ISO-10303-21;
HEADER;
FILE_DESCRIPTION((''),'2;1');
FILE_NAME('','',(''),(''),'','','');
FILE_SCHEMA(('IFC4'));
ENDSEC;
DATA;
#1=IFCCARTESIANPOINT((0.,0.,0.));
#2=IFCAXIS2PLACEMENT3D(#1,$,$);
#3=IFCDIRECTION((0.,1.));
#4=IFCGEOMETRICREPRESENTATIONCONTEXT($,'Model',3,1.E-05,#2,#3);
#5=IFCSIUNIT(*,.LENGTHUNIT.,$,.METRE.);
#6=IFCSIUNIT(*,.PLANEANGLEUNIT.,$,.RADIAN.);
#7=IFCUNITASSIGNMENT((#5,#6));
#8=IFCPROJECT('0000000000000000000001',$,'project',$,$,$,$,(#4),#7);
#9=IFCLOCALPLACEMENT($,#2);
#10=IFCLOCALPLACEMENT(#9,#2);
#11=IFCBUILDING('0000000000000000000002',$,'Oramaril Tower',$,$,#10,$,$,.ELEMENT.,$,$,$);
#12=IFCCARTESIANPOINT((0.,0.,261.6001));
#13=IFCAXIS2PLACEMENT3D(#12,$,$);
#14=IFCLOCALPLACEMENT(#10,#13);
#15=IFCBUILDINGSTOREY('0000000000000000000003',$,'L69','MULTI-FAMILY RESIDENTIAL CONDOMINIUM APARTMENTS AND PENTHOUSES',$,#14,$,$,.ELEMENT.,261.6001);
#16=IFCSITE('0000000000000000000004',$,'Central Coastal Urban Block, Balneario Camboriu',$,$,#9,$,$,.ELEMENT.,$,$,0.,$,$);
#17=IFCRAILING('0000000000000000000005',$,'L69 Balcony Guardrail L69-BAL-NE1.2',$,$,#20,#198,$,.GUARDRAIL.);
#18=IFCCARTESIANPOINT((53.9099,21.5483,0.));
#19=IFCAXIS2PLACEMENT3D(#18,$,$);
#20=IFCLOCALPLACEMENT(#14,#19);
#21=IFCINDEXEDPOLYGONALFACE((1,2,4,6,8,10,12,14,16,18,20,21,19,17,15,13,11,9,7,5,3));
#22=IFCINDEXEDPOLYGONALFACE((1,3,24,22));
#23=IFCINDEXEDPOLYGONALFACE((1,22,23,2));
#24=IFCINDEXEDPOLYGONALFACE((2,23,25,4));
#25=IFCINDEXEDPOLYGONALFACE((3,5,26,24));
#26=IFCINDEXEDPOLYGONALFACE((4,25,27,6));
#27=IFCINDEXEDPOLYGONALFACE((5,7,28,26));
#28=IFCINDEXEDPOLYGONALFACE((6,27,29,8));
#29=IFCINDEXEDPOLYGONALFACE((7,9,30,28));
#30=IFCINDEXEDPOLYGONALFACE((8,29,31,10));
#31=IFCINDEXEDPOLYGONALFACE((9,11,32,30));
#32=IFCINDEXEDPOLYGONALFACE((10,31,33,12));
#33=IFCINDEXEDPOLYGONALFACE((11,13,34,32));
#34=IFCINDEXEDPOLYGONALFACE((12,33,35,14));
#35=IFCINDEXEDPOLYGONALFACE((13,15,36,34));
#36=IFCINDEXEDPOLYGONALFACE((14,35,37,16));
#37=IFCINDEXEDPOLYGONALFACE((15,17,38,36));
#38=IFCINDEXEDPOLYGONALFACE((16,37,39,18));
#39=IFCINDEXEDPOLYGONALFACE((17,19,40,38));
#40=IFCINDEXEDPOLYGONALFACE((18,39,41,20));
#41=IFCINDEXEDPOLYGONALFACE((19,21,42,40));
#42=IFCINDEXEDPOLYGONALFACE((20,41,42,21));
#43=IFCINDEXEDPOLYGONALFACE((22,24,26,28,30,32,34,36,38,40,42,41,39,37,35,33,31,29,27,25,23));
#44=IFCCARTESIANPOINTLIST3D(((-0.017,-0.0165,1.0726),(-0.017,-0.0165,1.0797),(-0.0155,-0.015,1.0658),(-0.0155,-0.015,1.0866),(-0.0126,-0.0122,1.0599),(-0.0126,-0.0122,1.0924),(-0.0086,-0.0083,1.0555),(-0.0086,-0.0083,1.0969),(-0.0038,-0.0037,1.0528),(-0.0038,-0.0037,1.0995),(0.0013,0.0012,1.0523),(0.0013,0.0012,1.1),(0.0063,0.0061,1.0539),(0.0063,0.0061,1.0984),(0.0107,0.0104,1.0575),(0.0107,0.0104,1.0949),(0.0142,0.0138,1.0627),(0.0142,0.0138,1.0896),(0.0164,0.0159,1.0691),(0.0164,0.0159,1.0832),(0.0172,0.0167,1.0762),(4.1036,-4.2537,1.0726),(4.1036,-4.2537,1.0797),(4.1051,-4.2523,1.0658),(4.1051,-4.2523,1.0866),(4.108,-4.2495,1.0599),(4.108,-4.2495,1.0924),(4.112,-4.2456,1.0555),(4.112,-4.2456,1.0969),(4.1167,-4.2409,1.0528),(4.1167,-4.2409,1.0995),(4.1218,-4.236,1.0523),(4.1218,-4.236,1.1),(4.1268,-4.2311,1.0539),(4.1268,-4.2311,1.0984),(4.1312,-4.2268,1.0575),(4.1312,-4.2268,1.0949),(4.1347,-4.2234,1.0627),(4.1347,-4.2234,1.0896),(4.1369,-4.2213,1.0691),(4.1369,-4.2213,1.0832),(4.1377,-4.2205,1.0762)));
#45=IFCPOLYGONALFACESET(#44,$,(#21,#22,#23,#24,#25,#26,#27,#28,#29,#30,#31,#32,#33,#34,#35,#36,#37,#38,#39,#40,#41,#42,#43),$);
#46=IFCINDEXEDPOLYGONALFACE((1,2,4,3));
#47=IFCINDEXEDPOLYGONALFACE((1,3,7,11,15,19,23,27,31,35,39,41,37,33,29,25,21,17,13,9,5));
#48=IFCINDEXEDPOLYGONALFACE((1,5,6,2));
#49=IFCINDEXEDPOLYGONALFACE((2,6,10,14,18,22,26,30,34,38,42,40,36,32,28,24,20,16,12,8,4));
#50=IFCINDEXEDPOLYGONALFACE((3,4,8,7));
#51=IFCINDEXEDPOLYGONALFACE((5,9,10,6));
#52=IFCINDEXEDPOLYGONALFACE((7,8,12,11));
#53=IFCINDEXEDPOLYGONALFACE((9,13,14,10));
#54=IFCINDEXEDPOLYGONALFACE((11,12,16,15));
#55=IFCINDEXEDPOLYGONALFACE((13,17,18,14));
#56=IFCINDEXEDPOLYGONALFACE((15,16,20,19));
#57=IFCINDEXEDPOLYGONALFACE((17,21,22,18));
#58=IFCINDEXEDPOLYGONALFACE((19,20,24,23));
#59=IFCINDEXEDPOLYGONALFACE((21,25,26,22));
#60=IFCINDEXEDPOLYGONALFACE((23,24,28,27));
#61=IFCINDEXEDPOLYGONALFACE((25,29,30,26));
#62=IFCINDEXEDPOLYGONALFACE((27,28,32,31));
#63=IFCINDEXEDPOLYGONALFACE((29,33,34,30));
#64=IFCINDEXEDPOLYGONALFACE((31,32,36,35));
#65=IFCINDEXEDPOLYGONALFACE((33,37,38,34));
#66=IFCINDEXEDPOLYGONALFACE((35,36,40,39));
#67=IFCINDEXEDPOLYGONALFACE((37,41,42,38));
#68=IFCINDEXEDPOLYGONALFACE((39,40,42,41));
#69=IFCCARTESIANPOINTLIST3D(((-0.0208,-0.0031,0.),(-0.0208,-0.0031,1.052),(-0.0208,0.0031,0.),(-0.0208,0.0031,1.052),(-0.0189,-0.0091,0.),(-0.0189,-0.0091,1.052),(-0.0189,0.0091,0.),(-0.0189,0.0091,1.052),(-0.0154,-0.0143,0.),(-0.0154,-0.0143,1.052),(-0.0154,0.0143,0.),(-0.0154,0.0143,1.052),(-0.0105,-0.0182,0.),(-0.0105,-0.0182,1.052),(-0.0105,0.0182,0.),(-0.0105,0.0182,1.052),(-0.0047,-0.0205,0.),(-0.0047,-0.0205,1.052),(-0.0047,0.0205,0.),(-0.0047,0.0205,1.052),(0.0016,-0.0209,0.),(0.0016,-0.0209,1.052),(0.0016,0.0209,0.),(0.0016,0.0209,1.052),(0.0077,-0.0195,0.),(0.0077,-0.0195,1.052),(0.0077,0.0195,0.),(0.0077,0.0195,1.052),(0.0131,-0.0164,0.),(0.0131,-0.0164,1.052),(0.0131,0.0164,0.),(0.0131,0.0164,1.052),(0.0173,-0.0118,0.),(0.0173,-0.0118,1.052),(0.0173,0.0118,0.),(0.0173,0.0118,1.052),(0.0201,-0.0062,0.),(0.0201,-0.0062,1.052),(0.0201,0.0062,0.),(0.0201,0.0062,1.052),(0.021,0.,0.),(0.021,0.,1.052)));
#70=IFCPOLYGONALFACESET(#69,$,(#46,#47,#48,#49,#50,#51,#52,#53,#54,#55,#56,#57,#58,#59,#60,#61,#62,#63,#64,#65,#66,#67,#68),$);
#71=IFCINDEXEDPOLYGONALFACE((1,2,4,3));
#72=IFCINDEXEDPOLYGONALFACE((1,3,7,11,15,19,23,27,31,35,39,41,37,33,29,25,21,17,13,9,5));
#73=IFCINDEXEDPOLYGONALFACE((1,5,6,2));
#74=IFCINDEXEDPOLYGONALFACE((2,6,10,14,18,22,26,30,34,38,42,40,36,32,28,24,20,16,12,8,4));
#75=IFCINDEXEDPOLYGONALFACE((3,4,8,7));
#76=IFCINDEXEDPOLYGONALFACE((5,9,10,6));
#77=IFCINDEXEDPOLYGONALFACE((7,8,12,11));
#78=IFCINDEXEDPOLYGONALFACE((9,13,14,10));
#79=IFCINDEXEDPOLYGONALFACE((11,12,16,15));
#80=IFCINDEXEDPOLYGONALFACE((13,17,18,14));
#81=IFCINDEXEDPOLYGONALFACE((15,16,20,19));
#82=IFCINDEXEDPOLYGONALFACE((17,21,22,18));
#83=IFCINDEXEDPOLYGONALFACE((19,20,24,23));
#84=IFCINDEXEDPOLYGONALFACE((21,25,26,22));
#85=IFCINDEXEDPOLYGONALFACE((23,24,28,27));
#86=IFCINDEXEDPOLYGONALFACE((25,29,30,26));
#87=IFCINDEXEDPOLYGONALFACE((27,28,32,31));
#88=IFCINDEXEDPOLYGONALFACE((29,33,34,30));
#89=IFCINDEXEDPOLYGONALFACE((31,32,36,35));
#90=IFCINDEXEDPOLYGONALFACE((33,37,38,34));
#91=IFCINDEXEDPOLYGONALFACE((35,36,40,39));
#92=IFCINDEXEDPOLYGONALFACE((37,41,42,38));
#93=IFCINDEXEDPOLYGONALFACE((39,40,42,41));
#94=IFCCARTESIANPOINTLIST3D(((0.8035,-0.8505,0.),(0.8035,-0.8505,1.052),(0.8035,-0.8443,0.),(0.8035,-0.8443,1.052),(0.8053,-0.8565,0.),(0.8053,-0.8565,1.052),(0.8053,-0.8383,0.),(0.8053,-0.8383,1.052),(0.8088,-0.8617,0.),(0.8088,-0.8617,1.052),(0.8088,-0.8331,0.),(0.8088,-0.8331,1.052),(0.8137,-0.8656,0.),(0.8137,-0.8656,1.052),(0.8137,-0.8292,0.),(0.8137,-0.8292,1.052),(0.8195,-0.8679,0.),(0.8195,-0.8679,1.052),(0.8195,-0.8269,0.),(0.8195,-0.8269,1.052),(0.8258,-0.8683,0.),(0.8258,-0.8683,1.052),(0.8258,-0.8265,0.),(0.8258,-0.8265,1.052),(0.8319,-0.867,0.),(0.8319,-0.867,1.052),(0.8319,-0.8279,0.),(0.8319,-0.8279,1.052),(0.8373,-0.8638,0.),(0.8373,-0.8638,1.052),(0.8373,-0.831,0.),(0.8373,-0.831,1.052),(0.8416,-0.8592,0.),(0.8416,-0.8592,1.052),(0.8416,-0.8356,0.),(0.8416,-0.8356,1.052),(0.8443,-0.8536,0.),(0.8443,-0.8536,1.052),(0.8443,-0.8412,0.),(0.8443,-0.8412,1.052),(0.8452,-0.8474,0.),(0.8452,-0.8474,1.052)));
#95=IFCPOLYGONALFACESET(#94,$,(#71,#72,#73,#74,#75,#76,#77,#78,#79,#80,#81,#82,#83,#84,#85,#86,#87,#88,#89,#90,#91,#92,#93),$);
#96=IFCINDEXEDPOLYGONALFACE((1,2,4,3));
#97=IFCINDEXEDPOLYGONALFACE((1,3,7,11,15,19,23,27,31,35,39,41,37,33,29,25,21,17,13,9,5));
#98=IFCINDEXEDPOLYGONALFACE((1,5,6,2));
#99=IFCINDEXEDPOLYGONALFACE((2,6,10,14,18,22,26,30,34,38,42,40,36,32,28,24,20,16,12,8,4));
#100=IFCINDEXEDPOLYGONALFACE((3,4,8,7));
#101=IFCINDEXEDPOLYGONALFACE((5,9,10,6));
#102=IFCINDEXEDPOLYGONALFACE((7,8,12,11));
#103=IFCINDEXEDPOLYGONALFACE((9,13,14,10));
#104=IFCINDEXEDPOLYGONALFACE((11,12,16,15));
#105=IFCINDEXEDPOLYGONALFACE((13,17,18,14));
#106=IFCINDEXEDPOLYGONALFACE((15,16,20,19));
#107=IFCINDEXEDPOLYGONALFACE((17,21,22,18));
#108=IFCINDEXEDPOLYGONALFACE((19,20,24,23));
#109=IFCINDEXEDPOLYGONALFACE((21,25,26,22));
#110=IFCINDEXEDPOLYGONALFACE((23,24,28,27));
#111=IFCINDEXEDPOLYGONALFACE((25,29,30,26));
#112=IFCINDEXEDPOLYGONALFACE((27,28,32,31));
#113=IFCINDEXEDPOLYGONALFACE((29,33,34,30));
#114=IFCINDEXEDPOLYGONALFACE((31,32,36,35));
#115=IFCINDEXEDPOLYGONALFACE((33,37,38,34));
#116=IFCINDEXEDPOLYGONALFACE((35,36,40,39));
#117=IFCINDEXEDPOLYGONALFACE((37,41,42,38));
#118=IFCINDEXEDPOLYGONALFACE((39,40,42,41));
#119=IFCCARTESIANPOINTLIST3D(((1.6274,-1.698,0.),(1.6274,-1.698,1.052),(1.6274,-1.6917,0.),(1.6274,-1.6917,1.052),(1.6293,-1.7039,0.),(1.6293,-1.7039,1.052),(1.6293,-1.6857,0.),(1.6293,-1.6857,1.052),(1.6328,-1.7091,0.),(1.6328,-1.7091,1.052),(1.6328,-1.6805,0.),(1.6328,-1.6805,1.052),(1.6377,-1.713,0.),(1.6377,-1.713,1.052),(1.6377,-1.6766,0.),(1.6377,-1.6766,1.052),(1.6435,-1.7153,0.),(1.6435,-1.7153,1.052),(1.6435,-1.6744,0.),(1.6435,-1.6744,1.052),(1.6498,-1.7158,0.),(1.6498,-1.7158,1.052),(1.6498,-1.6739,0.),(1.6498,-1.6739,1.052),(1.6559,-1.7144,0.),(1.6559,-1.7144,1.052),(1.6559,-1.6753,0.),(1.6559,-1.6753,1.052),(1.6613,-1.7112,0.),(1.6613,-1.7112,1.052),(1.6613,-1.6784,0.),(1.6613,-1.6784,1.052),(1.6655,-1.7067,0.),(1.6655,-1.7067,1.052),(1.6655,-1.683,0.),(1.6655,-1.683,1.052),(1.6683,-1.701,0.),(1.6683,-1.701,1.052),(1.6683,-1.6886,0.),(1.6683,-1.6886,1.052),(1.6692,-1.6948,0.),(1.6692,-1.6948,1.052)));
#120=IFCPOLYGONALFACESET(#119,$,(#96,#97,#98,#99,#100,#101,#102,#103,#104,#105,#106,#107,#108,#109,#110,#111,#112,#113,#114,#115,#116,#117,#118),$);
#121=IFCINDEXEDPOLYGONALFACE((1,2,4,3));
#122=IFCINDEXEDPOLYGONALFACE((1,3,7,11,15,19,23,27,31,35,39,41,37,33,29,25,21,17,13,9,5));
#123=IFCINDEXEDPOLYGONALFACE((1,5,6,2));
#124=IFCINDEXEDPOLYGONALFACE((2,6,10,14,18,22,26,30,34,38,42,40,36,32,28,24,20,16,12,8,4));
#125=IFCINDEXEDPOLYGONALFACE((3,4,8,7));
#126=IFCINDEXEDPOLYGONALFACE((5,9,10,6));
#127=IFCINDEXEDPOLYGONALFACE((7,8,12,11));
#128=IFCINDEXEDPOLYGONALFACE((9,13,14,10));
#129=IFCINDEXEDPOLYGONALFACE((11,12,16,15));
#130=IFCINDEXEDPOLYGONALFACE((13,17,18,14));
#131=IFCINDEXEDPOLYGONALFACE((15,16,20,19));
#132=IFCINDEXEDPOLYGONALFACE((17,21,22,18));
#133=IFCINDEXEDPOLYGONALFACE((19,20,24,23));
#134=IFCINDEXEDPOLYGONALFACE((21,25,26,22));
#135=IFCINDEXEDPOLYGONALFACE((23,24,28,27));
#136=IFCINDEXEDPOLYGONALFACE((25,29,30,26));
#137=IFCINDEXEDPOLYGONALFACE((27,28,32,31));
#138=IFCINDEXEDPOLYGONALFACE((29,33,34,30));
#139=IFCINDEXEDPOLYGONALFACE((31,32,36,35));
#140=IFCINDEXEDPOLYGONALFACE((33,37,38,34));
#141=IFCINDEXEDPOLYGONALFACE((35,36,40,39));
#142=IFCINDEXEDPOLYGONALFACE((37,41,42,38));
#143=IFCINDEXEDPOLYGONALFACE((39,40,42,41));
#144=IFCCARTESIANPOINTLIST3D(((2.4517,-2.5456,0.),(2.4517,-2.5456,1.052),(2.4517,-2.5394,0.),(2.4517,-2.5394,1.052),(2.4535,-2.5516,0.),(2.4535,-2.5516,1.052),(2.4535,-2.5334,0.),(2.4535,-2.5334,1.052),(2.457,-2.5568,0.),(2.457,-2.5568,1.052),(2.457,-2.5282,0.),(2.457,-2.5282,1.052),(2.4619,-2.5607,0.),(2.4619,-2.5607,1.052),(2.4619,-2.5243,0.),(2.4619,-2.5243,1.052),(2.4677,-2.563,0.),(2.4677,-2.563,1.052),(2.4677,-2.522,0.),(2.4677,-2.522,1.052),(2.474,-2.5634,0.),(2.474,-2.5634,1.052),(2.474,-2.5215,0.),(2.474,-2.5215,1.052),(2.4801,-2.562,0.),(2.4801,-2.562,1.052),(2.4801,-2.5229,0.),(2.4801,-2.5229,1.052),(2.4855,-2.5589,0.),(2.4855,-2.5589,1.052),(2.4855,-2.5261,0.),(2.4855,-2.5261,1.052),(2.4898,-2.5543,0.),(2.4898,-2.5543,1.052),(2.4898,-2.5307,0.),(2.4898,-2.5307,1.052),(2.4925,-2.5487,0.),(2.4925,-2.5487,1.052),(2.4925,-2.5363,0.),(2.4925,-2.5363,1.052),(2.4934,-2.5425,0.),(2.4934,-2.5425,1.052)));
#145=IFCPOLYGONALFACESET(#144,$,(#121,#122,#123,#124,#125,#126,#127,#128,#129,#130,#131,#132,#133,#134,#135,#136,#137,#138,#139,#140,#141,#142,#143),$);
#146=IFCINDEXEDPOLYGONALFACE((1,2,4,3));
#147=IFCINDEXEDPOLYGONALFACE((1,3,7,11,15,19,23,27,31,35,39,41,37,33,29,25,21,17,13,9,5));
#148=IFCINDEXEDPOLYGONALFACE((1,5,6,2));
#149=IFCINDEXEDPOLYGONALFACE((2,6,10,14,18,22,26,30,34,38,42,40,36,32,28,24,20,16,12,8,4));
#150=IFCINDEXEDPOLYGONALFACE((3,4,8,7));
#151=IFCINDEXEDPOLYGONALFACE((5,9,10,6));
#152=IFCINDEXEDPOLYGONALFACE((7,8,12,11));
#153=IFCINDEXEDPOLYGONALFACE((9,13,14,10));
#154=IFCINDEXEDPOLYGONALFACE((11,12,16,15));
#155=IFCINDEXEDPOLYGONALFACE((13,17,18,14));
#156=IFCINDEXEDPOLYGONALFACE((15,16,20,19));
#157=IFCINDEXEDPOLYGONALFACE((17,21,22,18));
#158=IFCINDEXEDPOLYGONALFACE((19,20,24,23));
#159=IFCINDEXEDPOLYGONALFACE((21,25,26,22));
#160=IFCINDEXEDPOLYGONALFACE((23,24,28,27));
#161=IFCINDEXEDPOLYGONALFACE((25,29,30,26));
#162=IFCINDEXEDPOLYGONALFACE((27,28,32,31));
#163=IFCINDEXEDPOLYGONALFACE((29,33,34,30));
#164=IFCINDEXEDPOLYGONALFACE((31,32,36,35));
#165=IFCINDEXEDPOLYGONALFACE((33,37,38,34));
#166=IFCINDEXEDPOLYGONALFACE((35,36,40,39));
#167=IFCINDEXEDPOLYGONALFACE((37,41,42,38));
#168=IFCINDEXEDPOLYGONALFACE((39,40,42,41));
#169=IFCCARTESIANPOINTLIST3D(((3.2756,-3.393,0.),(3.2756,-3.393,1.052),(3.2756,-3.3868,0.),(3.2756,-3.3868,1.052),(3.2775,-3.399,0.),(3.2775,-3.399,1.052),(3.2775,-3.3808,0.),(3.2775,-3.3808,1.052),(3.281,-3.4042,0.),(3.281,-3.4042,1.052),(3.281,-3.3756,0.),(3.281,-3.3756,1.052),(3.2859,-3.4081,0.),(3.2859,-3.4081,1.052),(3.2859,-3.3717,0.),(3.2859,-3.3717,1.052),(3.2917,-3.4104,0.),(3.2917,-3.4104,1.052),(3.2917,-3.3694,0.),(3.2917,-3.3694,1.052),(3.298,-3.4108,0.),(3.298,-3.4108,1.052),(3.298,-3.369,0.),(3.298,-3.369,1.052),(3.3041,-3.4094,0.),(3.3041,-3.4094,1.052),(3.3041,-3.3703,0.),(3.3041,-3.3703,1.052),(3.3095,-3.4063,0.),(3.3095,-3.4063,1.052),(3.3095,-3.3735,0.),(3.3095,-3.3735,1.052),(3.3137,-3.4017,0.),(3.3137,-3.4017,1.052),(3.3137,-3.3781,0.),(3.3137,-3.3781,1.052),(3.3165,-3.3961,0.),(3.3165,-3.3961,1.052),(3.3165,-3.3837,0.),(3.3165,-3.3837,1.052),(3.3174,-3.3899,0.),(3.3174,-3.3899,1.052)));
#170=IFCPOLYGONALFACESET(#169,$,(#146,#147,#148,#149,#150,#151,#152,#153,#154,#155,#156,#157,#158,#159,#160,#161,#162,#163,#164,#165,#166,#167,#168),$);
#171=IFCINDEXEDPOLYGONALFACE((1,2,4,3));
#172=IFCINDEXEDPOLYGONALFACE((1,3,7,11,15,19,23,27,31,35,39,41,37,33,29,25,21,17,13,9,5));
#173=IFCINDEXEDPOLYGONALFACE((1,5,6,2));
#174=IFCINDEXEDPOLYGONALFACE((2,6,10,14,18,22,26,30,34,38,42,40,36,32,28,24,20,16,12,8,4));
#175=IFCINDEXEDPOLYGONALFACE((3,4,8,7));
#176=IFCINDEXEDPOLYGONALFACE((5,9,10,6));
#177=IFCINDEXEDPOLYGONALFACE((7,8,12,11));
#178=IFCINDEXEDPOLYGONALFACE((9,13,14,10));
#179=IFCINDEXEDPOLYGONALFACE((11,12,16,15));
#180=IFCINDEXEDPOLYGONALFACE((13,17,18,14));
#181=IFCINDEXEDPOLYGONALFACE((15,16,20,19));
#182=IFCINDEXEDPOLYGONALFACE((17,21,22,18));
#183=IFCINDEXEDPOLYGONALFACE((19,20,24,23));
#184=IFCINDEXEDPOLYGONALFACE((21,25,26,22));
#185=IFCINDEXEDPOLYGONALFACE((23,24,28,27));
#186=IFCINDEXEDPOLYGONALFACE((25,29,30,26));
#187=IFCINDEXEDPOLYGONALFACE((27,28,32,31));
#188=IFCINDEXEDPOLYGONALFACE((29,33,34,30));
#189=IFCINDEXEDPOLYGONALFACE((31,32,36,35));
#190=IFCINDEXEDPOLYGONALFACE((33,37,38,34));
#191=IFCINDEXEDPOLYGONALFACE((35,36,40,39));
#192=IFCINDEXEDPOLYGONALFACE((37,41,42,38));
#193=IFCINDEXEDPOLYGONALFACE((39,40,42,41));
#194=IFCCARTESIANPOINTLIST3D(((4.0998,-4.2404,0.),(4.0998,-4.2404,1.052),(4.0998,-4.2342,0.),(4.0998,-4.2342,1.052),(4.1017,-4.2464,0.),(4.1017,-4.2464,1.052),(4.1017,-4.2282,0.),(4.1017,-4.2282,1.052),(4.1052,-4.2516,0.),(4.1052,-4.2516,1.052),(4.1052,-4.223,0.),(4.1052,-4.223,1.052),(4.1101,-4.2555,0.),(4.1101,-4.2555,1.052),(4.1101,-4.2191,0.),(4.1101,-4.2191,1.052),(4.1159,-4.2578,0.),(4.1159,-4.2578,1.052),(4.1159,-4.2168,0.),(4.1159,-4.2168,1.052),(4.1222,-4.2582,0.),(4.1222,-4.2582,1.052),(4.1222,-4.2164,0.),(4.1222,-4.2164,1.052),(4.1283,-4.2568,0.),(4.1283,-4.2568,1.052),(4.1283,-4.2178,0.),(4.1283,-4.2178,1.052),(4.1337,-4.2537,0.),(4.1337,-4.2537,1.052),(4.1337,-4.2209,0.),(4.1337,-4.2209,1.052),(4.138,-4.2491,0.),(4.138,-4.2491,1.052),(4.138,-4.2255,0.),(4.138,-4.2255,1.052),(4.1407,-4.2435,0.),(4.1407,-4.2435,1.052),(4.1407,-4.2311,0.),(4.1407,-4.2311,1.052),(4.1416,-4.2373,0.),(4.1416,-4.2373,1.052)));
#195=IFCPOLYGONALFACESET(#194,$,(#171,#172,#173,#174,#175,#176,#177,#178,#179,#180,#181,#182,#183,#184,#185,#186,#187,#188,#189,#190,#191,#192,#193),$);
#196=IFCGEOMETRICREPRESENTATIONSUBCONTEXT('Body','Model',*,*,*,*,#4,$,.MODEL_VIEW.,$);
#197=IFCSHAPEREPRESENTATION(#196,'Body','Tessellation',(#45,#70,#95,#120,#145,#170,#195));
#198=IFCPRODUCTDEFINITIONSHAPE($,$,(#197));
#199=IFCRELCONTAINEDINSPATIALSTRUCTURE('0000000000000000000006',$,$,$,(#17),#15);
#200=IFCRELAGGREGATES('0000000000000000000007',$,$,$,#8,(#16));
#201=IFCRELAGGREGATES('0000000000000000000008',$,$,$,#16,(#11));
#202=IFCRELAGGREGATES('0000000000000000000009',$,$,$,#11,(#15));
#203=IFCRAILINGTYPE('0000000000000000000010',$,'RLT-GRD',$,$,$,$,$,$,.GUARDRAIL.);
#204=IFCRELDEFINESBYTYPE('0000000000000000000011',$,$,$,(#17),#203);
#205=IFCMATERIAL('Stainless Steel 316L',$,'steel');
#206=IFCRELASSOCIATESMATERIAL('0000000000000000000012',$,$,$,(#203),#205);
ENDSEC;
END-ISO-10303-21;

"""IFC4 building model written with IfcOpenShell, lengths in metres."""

from ifc_helpers import new_model, si_unit, direction, frame, origin, origin_2d, place, context, subcontext, project, spatial, circle, extrude, material, type_object, element, save


model = new_model("IFC4")

# Units and contexts
model_context = context("Model", 3, precision=1e-05, world=origin(), true_north=direction((0.0, 1.0)))
body_context = subcontext(model_context, "Body", "Model", "MODEL_VIEW")
ifc_project = project(units=[si_unit("LENGTHUNIT", "METRE"), si_unit("PLANEANGLEUNIT", "RADIAN")], contexts=[model_context])

# Site, building, storey
site_placement = place(None, origin())
site = spatial("IfcSite", under=ifc_project, at=site_placement, Name="Central Coastal Urban Block, Balneario Camboriu", CompositionType="ELEMENT", RefElevation=0.0)
building_placement = place(site_placement, origin())
building = spatial("IfcBuilding", under=site, at=building_placement, Name="Oramaril Tower", CompositionType="ELEMENT")
storey_placement = place(building_placement, frame((0.0, 0.0, 261.6001)))
storey = spatial("IfcBuildingStorey", under=building, at=storey_placement, Name="L69", Description="MULTI-FAMILY RESIDENTIAL CONDOMINIUM APARTMENTS AND PENTHOUSES", CompositionType="ELEMENT", Elevation=261.6001)

# Railing
ifc_material_1 = material(Name="Stainless Steel 316L", Category="steel")
railing_type = type_object("IfcRailingType", Name="RLT-GRD", PredefinedType="GUARDRAIL", material=ifc_material_1)
railing_1_placement = place(storey_placement, frame((53.9099, 21.5483, 0.0)))
element("IfcRailing", 1, at=railing_1_placement, inside=storey, type_object=railing_type, Name="L69 Balcony Guardrail L69-BAL-NE1.2", PredefinedType="GUARDRAIL", context=body_context, shape_type="SweptSolid", body=[
    extrude(circle(Radius=0.0239, at=origin_2d()), frame((0.0, 0.0, 1.0762), z_axis=(0.697166, -0.71691, 0.0), x_axis=(0.71691, 0.697166, 0.0)), (0.0, 0.0, 1.0), 5.9104),
    extrude(circle(Radius=0.021, at=origin_2d()), origin(), (0.0, 0.0, 1.0), 1.052),
    extrude(circle(Radius=0.021, at=origin_2d()), frame((0.8242, -0.8474, 0.0)), (0.0, 0.0, 1.0), 1.052),
    extrude(circle(Radius=0.021, at=origin_2d()), frame((1.6482, -1.6948, 0.0)), (0.0, 0.0, 1.0), 1.052),
    extrude(circle(Radius=0.021, at=origin_2d()), frame((2.4724, -2.5425, 0.0)), (0.0, 0.0, 1.0), 1.052),
    extrude(circle(Radius=0.021, at=origin_2d()), frame((3.2964, -3.3899, 0.0)), (0.0, 0.0, 1.0), 1.052),
    extrude(circle(Radius=0.021, at=origin_2d()), frame((4.1206, -4.2373, 0.0)), (0.0, 0.0, 1.0), 1.052),
])

save(model, "model.ifc")
